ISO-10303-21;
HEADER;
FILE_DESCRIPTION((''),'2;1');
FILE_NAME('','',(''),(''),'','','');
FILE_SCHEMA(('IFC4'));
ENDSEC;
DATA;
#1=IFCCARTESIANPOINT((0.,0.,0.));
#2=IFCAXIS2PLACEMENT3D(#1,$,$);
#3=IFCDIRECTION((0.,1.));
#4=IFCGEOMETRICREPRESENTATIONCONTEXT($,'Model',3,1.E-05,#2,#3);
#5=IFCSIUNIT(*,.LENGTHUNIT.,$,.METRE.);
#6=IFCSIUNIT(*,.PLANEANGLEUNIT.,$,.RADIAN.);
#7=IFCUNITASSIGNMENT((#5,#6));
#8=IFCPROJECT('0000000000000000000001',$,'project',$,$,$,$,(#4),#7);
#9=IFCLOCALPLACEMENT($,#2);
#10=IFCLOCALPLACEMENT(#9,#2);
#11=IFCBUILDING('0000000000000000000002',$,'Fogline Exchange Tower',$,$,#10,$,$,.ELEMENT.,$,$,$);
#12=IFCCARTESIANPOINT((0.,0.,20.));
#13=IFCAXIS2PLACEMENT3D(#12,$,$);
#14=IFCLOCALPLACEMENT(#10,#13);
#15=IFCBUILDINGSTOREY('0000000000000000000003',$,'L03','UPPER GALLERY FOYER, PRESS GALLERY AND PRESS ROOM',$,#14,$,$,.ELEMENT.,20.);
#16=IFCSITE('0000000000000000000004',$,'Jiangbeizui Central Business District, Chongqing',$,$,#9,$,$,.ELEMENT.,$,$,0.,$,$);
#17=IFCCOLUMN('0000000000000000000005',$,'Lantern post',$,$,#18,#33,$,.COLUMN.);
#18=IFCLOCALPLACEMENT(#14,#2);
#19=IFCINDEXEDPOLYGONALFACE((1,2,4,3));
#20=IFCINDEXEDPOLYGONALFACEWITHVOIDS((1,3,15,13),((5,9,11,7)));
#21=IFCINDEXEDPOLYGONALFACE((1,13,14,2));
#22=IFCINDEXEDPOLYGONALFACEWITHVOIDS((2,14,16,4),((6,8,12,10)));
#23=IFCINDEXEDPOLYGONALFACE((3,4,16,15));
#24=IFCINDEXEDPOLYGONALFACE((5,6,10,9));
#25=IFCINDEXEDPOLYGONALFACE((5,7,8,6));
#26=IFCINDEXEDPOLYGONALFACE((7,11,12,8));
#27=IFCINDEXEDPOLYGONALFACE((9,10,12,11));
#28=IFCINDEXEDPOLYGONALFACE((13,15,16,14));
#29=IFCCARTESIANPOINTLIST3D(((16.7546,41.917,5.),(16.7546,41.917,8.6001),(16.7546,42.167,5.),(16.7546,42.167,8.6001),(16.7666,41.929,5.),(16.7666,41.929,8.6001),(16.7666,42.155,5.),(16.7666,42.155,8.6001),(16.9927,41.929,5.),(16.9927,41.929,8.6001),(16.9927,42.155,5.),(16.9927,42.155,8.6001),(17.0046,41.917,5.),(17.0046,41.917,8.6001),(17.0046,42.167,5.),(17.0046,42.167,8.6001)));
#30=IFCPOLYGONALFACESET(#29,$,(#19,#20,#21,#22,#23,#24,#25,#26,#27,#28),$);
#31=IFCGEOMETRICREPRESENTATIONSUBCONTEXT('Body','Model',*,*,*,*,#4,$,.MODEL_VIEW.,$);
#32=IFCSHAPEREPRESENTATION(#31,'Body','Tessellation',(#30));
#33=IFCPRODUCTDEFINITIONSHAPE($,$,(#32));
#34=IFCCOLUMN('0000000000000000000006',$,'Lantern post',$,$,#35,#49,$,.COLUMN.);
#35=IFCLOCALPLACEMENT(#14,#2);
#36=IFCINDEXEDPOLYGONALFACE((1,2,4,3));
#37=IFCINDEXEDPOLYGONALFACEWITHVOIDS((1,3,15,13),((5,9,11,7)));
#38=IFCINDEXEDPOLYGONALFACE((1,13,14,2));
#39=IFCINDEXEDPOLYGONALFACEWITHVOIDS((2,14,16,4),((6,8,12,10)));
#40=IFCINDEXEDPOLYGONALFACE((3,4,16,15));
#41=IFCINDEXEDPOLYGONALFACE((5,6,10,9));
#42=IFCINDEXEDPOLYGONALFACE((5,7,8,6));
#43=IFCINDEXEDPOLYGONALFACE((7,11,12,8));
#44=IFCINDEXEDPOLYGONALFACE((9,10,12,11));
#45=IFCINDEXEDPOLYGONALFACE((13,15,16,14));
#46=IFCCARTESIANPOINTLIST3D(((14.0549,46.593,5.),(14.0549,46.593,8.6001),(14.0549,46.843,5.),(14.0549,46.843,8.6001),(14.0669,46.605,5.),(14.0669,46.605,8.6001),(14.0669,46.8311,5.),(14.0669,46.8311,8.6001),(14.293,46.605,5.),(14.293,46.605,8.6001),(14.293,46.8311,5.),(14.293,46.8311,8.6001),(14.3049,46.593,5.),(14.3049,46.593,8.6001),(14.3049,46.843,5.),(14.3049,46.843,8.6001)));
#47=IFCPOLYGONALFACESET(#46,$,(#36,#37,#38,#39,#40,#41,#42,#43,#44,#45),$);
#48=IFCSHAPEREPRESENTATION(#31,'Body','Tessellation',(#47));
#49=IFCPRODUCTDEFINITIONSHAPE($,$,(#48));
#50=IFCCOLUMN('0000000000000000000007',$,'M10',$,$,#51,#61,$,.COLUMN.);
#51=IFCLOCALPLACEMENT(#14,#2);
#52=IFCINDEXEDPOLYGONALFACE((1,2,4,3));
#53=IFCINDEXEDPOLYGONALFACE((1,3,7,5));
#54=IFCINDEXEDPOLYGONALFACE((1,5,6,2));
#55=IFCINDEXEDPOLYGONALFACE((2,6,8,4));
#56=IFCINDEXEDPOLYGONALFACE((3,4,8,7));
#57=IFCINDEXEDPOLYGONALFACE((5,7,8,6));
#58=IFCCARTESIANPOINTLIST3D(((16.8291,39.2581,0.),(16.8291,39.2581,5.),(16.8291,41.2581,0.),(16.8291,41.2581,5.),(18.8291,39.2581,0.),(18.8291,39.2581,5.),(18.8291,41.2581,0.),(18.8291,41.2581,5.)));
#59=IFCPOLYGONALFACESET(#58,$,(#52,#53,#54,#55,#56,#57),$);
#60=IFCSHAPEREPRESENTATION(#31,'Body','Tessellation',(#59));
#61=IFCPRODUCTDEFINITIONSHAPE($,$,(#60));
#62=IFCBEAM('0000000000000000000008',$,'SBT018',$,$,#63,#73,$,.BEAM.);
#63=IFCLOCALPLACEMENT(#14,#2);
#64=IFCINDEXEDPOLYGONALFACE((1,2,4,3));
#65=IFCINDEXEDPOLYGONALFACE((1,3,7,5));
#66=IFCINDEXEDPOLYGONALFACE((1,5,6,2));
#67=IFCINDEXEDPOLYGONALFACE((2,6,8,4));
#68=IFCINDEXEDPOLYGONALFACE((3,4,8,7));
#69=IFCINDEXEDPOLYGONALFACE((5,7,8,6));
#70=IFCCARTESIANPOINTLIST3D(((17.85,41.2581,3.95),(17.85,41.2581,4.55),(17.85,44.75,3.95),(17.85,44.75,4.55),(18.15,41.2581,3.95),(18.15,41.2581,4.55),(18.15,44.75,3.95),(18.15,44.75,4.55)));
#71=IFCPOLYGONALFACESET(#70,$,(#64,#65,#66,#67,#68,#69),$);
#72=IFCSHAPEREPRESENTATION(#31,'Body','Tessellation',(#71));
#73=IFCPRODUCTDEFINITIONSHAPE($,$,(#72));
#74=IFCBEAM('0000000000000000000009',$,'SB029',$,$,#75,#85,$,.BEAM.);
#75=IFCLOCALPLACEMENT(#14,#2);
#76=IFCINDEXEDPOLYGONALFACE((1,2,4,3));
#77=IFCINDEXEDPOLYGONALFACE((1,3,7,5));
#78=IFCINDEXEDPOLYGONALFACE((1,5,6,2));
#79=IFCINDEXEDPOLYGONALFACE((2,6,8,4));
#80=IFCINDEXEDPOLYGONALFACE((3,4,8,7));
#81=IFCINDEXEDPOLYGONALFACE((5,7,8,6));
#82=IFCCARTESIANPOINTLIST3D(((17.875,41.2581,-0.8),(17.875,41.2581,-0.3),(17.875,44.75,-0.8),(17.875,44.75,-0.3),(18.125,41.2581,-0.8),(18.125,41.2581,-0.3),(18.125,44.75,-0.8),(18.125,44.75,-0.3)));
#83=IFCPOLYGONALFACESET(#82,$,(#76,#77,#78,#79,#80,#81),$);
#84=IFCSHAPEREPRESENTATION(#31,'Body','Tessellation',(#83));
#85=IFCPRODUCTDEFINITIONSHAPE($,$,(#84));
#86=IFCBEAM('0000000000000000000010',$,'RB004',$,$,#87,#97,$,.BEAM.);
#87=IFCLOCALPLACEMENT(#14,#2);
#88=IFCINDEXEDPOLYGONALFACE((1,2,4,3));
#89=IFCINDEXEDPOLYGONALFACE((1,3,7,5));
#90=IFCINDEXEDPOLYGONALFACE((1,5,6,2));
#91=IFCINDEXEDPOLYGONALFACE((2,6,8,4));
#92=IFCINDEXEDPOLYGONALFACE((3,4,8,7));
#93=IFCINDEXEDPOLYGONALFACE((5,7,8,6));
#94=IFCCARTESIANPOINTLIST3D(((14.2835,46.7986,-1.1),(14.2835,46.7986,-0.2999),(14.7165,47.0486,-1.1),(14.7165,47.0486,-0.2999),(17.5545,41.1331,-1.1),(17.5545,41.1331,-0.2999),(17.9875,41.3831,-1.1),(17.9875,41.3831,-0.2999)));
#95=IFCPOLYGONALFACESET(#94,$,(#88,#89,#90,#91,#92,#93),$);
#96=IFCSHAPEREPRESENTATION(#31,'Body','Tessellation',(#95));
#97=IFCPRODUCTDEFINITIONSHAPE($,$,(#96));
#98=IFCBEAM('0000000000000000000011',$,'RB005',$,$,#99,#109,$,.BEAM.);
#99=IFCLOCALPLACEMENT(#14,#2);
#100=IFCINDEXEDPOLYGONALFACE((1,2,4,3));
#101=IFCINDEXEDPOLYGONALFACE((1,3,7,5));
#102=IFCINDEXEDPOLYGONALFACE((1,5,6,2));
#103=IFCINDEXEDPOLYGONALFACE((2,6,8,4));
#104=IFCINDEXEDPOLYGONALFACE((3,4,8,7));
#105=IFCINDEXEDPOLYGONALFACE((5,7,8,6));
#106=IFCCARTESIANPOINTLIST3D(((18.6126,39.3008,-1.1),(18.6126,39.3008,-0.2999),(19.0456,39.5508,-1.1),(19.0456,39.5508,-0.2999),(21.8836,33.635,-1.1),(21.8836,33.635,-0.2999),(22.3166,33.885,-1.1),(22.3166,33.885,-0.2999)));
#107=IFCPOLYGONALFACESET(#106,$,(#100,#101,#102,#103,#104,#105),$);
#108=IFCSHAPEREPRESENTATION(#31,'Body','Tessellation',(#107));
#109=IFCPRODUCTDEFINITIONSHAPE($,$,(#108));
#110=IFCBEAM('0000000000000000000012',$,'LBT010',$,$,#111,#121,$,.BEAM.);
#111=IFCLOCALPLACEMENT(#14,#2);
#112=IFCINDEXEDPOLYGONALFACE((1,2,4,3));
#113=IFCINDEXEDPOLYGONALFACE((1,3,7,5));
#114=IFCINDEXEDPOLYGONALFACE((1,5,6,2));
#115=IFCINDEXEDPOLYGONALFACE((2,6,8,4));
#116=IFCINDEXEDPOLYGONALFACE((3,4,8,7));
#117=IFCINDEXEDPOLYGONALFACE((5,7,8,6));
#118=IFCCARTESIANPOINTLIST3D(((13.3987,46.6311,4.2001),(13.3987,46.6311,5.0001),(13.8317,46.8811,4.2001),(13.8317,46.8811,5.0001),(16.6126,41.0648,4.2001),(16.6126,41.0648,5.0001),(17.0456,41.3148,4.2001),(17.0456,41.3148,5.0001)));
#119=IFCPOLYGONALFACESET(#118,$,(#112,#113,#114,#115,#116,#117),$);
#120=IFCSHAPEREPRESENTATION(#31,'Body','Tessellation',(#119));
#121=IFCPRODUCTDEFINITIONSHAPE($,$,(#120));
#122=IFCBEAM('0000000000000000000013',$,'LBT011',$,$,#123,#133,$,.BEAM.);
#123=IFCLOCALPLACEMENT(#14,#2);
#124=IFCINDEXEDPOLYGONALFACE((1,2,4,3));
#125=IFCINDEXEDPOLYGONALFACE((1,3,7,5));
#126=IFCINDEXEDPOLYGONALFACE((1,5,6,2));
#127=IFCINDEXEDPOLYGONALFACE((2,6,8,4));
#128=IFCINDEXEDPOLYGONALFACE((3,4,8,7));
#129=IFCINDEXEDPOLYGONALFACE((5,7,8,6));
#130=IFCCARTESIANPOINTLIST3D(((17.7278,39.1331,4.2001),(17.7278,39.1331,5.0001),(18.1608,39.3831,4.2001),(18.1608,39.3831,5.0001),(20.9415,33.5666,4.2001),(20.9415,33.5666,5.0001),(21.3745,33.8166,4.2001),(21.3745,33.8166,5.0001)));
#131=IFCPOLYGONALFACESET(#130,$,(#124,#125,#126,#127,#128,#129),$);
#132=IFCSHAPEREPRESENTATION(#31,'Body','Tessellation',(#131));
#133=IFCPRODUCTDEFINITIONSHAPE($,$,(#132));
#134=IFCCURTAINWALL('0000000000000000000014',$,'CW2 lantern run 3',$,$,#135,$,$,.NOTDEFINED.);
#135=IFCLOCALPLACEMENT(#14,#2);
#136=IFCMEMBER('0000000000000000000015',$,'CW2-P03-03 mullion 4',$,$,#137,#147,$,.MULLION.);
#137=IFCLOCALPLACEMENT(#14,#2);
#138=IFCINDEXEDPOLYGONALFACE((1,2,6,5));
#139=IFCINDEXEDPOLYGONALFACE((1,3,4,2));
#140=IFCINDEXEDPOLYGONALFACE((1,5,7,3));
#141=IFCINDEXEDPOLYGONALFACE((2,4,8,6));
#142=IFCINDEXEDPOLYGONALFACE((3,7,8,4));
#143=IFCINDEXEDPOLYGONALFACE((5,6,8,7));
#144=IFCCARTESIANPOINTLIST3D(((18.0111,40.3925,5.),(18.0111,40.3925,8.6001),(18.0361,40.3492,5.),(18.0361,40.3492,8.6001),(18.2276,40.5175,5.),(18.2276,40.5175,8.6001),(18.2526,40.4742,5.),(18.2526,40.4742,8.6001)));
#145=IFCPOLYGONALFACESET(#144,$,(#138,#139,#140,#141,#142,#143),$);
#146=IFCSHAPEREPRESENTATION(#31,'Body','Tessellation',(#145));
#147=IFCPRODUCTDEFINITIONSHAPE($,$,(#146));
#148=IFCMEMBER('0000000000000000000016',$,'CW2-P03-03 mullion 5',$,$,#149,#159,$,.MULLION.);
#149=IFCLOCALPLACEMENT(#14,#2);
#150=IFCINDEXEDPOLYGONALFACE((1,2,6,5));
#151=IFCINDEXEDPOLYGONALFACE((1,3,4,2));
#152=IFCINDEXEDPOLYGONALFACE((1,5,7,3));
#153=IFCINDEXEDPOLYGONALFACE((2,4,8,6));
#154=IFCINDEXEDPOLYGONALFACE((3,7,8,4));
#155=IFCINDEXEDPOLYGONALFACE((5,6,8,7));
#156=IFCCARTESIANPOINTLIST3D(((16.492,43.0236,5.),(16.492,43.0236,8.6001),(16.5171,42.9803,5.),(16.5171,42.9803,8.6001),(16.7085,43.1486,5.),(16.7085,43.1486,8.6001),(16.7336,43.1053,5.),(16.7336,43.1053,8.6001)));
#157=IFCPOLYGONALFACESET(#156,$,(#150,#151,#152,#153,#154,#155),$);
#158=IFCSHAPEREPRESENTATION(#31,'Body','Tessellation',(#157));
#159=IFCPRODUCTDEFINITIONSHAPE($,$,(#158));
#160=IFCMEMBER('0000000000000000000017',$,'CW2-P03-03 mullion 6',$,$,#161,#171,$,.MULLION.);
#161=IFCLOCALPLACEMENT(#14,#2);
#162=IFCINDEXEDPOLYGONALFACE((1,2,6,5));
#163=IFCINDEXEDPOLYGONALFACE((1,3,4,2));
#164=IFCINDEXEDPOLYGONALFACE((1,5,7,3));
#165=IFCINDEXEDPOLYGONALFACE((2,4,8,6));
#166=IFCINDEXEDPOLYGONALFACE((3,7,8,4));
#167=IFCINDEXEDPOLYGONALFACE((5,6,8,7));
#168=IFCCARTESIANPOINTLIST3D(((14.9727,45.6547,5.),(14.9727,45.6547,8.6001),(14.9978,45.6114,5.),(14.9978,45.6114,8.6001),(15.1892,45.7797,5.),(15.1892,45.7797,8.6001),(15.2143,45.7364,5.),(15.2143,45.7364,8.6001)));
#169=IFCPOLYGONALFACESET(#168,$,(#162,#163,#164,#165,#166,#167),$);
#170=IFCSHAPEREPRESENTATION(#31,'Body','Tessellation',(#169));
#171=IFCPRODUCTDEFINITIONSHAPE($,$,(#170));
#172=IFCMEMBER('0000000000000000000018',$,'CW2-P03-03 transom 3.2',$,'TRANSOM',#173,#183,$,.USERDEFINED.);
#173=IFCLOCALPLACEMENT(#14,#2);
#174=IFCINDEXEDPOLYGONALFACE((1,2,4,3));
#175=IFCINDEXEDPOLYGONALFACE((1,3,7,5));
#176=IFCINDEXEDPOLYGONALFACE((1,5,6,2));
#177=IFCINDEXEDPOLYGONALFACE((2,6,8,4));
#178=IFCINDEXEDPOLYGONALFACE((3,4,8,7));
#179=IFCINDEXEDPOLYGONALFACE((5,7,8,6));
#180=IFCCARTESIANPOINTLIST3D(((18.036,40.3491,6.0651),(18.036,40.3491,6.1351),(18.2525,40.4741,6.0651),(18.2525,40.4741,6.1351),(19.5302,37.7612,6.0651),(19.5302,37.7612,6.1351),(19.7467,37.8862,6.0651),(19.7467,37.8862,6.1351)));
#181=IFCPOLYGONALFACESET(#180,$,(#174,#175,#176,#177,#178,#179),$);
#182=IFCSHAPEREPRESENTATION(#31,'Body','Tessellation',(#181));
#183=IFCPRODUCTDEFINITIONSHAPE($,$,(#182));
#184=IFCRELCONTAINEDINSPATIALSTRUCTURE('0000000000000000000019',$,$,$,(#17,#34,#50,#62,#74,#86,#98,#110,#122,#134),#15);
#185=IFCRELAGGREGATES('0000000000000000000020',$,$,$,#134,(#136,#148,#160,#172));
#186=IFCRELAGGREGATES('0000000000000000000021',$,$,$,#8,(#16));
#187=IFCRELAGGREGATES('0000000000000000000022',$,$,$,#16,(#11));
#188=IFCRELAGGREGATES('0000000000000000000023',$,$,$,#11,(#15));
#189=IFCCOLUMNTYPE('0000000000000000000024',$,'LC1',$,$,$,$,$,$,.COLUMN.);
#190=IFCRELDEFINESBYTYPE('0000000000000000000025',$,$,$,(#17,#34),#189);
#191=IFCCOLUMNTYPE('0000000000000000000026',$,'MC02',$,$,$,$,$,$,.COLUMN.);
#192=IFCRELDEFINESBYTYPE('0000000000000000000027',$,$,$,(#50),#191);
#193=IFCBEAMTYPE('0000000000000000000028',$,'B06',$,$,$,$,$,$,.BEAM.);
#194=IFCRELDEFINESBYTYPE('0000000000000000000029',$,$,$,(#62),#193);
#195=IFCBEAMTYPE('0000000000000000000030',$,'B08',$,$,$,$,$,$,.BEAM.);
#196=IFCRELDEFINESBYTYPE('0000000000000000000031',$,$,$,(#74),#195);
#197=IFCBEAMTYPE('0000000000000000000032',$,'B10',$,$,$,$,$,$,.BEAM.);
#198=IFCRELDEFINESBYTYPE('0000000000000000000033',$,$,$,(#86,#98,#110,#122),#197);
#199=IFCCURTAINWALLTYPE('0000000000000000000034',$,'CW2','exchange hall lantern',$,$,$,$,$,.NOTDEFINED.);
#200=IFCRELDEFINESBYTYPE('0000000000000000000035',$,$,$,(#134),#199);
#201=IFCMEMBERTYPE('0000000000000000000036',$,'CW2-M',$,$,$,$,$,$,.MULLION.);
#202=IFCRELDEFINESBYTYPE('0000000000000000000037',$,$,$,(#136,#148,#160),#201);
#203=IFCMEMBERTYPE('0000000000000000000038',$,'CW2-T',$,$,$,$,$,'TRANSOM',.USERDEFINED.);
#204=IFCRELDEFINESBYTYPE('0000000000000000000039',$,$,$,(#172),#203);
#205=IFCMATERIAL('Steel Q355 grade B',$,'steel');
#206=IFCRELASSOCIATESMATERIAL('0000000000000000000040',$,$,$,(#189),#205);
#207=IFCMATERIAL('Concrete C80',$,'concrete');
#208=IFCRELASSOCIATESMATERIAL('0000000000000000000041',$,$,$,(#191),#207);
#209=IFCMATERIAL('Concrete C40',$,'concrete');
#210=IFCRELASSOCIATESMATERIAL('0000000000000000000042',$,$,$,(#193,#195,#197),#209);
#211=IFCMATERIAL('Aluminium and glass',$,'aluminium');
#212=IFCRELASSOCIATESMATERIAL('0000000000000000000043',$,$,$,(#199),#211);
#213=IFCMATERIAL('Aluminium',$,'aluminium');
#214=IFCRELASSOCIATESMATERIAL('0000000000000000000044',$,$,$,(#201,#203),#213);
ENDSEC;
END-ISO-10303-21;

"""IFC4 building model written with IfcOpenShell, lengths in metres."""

from ifc_helpers import new_model, si_unit, direction, frame, origin, origin_2d, place, context, subcontext, project, spatial, rectangle, hollow_rectangle, extrude, material, material_profile, profile_set, type_object, element, aggregate, save


model = new_model("IFC4")

# Units and contexts
model_context = context("Model", 3, precision=1e-05, world=origin(), true_north=direction((0.0, 1.0)))
body_context = subcontext(model_context, "Body", "Model", "MODEL_VIEW")
ifc_project = project(units=[si_unit("LENGTHUNIT", "METRE"), si_unit("PLANEANGLEUNIT", "RADIAN")], contexts=[model_context])

# Site, building, storey
site_placement = place(None, origin())
site = spatial("IfcSite", under=ifc_project, at=site_placement, Name="Jiangbeizui Central Business District, Chongqing", CompositionType="ELEMENT", RefElevation=0.0)
building_placement = place(site_placement, origin())
building = spatial("IfcBuilding", under=site, at=building_placement, Name="Fogline Exchange Tower", CompositionType="ELEMENT")
storey_placement = place(building_placement, frame((0.0, 0.0, 20.0)))
storey = spatial("IfcBuildingStorey", under=building, at=storey_placement, Name="L03", Description="UPPER GALLERY FOYER, PRESS GALLERY AND PRESS ROOM", CompositionType="ELEMENT", Elevation=20.0)

# Columns
ifc_material_1 = material(Name="Steel Q355 grade B", Category="steel")
ifc_material_profile_1 = material_profile(ifc_material_1, hollow_rectangle(XDim=0.25, YDim=0.25, WallThickness=0.012, at=origin_2d()), Name="RHS 250x250x12")
ifc_profile_set_1 = profile_set([ifc_material_profile_1], Name="Steel Q355 grade B")
column_type_1 = type_object("IfcColumnType", Name="LC1", PredefinedType="COLUMN", material=ifc_profile_set_1)
for number, where, z_axis, x_axis, name in (
    (1, (16.8796, 42.042, 5.0), (0.0, 0.0, 1.0), (1.0, 0.0, 0.0), "Lantern post"),
    (2, (14.1799, 46.718, 5.0), (0.0, 0.0, 1.0), (1.0, 0.0, 0.0), "Lantern post"),
):
    element("IfcColumn", number, at=place(storey_placement, frame(where, z_axis=z_axis, x_axis=x_axis)), inside=storey, type_object=column_type_1, Name=name, PredefinedType="COLUMN", context=body_context, shape_type="SweptSolid", body=[
        extrude(hollow_rectangle(XDim=0.25, YDim=0.25, WallThickness=0.012, at=origin_2d()), origin(), (0.0, 0.0, 1.0), 3.6001),
    ])
ifc_material_2 = material(Name="Concrete C80", Category="concrete")
ifc_material_profile_2 = material_profile(ifc_material_2, rectangle(XDim=2.0, YDim=2.0, at=origin_2d()), Name="RC 2000x2000")
ifc_profile_set_2 = profile_set([ifc_material_profile_2], Name="Concrete C80")
column_type_2 = type_object("IfcColumnType", Name="MC02", PredefinedType="COLUMN", material=ifc_profile_set_2)
column_placement = place(storey_placement, frame((17.8291, 40.2581, 0.0), z_axis=(0.0, 0.0, 1.0), x_axis=(1.0, 0.0, 0.0)))
element("IfcColumn", 3, at=column_placement, inside=storey, type_object=column_type_2, Name="M10", PredefinedType="COLUMN", context=body_context, shape_type="SweptSolid", body=[
    extrude(rectangle(XDim=2.0, YDim=2.0, at=origin_2d()), origin(), (0.0, 0.0, 1.0), 5.0),
])

# Beams
ifc_material_3 = material(Name="Concrete C40", Category="concrete")
ifc_material_profile_3 = material_profile(ifc_material_3, rectangle(XDim=0.3, YDim=0.6001, at=origin_2d()), Name="RC 300x600")
ifc_profile_set_3 = profile_set([ifc_material_profile_3], Name="Concrete C40")
beam_type_1 = type_object("IfcBeamType", Name="B06", PredefinedType="BEAM", material=ifc_profile_set_3)
beam_1_placement = place(storey_placement, frame((18.0, 41.2581, 4.25), z_axis=(0.0, 1.0, 0.0), x_axis=(-1.0, 0.0, 0.0)))
element("IfcBeam", 4, at=beam_1_placement, inside=storey, type_object=beam_type_1, Name="SBT018", PredefinedType="BEAM", context=body_context, shape_type="SweptSolid", body=[
    extrude(rectangle(XDim=0.3, YDim=0.6001, at=origin_2d()), origin(), (0.0, 0.0, 1.0), 3.4919),
])
ifc_material_profile_4 = material_profile(ifc_material_3, rectangle(XDim=0.25, YDim=0.5, at=origin_2d()), Name="RC 250x500")
ifc_profile_set_4 = profile_set([ifc_material_profile_4], Name="Concrete C40")
beam_type_2 = type_object("IfcBeamType", Name="B08", PredefinedType="BEAM", material=ifc_profile_set_4)
beam_2_placement = place(storey_placement, frame((18.0, 41.2581, -0.55), z_axis=(0.0, 1.0, 0.0), x_axis=(-1.0, 0.0, 0.0)))
element("IfcBeam", 5, at=beam_2_placement, inside=storey, type_object=beam_type_2, Name="SB029", PredefinedType="BEAM", context=body_context, shape_type="SweptSolid", body=[
    extrude(rectangle(XDim=0.25, YDim=0.5, at=origin_2d()), origin(), (0.0, 0.0, 1.0), 3.4919),
])
ifc_material_profile_5 = material_profile(ifc_material_3, rectangle(XDim=0.5, YDim=0.8, at=origin_2d()), Name="RC 500x800")
ifc_profile_set_5 = profile_set([ifc_material_profile_5], Name="Concrete C40")
beam_type_3 = type_object("IfcBeamType", Name="B10", PredefinedType="BEAM", material=ifc_profile_set_5)
beam_3_placement = place(storey_placement, frame((14.5, 46.9236, -0.7), z_axis=(0.5, -0.866025, 0.0), x_axis=(0.866025, 0.5, 0.0)))
element("IfcBeam", 6, at=beam_3_placement, inside=storey, type_object=beam_type_3, Name="RB004", PredefinedType="BEAM", context=body_context, shape_type="SweptSolid", body=[
    extrude(rectangle(XDim=0.5, YDim=0.8, at=origin_2d()), origin(), (0.0, 0.0, 1.0), 6.542),
])
beam_4_placement = place(storey_placement, frame((18.8291, 39.4258, -0.7), z_axis=(0.499984, -0.866035, 0.0), x_axis=(0.866035, 0.499984, 0.0)))
element("IfcBeam", 7, at=beam_4_placement, inside=storey, type_object=beam_type_3, Name="RB005", PredefinedType="BEAM", context=body_context, shape_type="SweptSolid", body=[
    extrude(rectangle(XDim=0.5, YDim=0.8, at=origin_2d()), origin(), (0.0, 0.0, 1.0), 6.5422),
])
for number, where, z_axis, x_axis, name in (
    (8, (13.6152, 46.7561, 4.6001), (0.500012, -0.866019, 0.0), (0.866019, 0.500012, 0.0), "LBT010"),
    (9, (17.9443, 39.2581, 4.6001), (0.499983, -0.866035, 0.0), (0.866035, 0.499983, 0.0), "LBT011"),
):
    element("IfcBeam", number, at=place(storey_placement, frame(where, z_axis=z_axis, x_axis=x_axis)), inside=storey, type_object=beam_type_3, Name=name, PredefinedType="BEAM", context=body_context, shape_type="SweptSolid", body=[
        extrude(rectangle(XDim=0.5, YDim=0.8, at=origin_2d()), origin(), (0.0, 0.0, 1.0), 6.4275),
    ])

# Curtain wall, members
ifc_material_4 = material(Name="Aluminium and glass", Category="aluminium")
curtain_wall_type = type_object("IfcCurtainWallType", Name="CW2", Description="exchange hall lantern", PredefinedType="NOTDEFINED", material=ifc_material_4)
curtain_wall_placement = place(storey_placement, origin())
curtain_wall = element("IfcCurtainWall", 10, at=curtain_wall_placement, inside=storey, type_object=curtain_wall_type, Name="CW2 lantern run 3", PredefinedType="NOTDEFINED")
ifc_material_5 = material(Name="Aluminium", Category="aluminium")
ifc_material_profile_6 = material_profile(ifc_material_5, rectangle(XDim=0.25, YDim=0.05, at=origin_2d()), Name="Mullion 50x250")
ifc_profile_set_6 = profile_set([ifc_material_profile_6], Name="Aluminium")
member_type_1 = type_object("IfcMemberType", Name="CW2-M", PredefinedType="MULLION", material=ifc_profile_set_6)
member_1_placement = place(storey_placement, frame((18.1318, 40.4333, 5.0), z_axis=(0.0, 0.0, 1.0), x_axis=(-0.866025, -0.5, 0.0)))
member_1 = element("IfcMember", 11, at=member_1_placement, type_object=member_type_1, Name="CW2-P03-03 mullion 4", PredefinedType="MULLION", context=body_context, shape_type="SweptSolid", body=[
    extrude(rectangle(XDim=0.25, YDim=0.05, at=origin_2d()), origin(), (0.0, 0.0, 1.0), 3.6001),
])
member_2_placement = place(storey_placement, frame((16.6128, 43.0645, 5.0), z_axis=(0.0, 0.0, 1.0), x_axis=(-0.866025, -0.5, 0.0)))
member_2 = element("IfcMember", 12, at=member_2_placement, type_object=member_type_1, Name="CW2-P03-03 mullion 5", PredefinedType="MULLION", context=body_context, shape_type="SweptSolid", body=[
    extrude(rectangle(XDim=0.25, YDim=0.05, at=origin_2d()), origin(), (0.0, 0.0, 1.0), 3.6001),
])
member_3_placement = place(storey_placement, frame((15.0935, 45.6956, 5.0), z_axis=(0.0, 0.0, 1.0), x_axis=(-0.866025, -0.5, 0.0)))
member_3 = element("IfcMember", 13, at=member_3_placement, type_object=member_type_1, Name="CW2-P03-03 mullion 6", PredefinedType="MULLION", context=body_context, shape_type="SweptSolid", body=[
    extrude(rectangle(XDim=0.25, YDim=0.05, at=origin_2d()), origin(), (0.0, 0.0, 1.0), 3.6001),
])
ifc_material_profile_7 = material_profile(ifc_material_5, rectangle(XDim=0.25, YDim=0.0701, at=origin_2d()), Name="Transom 70x250")
ifc_profile_set_7 = profile_set([ifc_material_profile_7], Name="Aluminium")
member_type_2 = type_object("IfcMemberType", Name="CW2-T", ElementType="TRANSOM", PredefinedType="USERDEFINED", material=ifc_profile_set_7)
member_4_placement = place(storey_placement, frame((19.6384, 37.8237, 6.1001), z_axis=(-0.500005, 0.866022, 0.0), x_axis=(-0.866022, -0.500005, 0.0)))
member_4 = element("IfcMember", 14, at=member_4_placement, type_object=member_type_2, Name="CW2-P03-03 transom 3.2", ObjectType="TRANSOM", PredefinedType="USERDEFINED", context=body_context, shape_type="SweptSolid", body=[
    extrude(rectangle(XDim=0.25, YDim=0.0701, at=origin_2d()), origin(), (0.0, 0.0, 1.0), 2.9883),
])
aggregate(curtain_wall, [member_1, member_2, member_3, member_4])

save(model, "model.ifc")
